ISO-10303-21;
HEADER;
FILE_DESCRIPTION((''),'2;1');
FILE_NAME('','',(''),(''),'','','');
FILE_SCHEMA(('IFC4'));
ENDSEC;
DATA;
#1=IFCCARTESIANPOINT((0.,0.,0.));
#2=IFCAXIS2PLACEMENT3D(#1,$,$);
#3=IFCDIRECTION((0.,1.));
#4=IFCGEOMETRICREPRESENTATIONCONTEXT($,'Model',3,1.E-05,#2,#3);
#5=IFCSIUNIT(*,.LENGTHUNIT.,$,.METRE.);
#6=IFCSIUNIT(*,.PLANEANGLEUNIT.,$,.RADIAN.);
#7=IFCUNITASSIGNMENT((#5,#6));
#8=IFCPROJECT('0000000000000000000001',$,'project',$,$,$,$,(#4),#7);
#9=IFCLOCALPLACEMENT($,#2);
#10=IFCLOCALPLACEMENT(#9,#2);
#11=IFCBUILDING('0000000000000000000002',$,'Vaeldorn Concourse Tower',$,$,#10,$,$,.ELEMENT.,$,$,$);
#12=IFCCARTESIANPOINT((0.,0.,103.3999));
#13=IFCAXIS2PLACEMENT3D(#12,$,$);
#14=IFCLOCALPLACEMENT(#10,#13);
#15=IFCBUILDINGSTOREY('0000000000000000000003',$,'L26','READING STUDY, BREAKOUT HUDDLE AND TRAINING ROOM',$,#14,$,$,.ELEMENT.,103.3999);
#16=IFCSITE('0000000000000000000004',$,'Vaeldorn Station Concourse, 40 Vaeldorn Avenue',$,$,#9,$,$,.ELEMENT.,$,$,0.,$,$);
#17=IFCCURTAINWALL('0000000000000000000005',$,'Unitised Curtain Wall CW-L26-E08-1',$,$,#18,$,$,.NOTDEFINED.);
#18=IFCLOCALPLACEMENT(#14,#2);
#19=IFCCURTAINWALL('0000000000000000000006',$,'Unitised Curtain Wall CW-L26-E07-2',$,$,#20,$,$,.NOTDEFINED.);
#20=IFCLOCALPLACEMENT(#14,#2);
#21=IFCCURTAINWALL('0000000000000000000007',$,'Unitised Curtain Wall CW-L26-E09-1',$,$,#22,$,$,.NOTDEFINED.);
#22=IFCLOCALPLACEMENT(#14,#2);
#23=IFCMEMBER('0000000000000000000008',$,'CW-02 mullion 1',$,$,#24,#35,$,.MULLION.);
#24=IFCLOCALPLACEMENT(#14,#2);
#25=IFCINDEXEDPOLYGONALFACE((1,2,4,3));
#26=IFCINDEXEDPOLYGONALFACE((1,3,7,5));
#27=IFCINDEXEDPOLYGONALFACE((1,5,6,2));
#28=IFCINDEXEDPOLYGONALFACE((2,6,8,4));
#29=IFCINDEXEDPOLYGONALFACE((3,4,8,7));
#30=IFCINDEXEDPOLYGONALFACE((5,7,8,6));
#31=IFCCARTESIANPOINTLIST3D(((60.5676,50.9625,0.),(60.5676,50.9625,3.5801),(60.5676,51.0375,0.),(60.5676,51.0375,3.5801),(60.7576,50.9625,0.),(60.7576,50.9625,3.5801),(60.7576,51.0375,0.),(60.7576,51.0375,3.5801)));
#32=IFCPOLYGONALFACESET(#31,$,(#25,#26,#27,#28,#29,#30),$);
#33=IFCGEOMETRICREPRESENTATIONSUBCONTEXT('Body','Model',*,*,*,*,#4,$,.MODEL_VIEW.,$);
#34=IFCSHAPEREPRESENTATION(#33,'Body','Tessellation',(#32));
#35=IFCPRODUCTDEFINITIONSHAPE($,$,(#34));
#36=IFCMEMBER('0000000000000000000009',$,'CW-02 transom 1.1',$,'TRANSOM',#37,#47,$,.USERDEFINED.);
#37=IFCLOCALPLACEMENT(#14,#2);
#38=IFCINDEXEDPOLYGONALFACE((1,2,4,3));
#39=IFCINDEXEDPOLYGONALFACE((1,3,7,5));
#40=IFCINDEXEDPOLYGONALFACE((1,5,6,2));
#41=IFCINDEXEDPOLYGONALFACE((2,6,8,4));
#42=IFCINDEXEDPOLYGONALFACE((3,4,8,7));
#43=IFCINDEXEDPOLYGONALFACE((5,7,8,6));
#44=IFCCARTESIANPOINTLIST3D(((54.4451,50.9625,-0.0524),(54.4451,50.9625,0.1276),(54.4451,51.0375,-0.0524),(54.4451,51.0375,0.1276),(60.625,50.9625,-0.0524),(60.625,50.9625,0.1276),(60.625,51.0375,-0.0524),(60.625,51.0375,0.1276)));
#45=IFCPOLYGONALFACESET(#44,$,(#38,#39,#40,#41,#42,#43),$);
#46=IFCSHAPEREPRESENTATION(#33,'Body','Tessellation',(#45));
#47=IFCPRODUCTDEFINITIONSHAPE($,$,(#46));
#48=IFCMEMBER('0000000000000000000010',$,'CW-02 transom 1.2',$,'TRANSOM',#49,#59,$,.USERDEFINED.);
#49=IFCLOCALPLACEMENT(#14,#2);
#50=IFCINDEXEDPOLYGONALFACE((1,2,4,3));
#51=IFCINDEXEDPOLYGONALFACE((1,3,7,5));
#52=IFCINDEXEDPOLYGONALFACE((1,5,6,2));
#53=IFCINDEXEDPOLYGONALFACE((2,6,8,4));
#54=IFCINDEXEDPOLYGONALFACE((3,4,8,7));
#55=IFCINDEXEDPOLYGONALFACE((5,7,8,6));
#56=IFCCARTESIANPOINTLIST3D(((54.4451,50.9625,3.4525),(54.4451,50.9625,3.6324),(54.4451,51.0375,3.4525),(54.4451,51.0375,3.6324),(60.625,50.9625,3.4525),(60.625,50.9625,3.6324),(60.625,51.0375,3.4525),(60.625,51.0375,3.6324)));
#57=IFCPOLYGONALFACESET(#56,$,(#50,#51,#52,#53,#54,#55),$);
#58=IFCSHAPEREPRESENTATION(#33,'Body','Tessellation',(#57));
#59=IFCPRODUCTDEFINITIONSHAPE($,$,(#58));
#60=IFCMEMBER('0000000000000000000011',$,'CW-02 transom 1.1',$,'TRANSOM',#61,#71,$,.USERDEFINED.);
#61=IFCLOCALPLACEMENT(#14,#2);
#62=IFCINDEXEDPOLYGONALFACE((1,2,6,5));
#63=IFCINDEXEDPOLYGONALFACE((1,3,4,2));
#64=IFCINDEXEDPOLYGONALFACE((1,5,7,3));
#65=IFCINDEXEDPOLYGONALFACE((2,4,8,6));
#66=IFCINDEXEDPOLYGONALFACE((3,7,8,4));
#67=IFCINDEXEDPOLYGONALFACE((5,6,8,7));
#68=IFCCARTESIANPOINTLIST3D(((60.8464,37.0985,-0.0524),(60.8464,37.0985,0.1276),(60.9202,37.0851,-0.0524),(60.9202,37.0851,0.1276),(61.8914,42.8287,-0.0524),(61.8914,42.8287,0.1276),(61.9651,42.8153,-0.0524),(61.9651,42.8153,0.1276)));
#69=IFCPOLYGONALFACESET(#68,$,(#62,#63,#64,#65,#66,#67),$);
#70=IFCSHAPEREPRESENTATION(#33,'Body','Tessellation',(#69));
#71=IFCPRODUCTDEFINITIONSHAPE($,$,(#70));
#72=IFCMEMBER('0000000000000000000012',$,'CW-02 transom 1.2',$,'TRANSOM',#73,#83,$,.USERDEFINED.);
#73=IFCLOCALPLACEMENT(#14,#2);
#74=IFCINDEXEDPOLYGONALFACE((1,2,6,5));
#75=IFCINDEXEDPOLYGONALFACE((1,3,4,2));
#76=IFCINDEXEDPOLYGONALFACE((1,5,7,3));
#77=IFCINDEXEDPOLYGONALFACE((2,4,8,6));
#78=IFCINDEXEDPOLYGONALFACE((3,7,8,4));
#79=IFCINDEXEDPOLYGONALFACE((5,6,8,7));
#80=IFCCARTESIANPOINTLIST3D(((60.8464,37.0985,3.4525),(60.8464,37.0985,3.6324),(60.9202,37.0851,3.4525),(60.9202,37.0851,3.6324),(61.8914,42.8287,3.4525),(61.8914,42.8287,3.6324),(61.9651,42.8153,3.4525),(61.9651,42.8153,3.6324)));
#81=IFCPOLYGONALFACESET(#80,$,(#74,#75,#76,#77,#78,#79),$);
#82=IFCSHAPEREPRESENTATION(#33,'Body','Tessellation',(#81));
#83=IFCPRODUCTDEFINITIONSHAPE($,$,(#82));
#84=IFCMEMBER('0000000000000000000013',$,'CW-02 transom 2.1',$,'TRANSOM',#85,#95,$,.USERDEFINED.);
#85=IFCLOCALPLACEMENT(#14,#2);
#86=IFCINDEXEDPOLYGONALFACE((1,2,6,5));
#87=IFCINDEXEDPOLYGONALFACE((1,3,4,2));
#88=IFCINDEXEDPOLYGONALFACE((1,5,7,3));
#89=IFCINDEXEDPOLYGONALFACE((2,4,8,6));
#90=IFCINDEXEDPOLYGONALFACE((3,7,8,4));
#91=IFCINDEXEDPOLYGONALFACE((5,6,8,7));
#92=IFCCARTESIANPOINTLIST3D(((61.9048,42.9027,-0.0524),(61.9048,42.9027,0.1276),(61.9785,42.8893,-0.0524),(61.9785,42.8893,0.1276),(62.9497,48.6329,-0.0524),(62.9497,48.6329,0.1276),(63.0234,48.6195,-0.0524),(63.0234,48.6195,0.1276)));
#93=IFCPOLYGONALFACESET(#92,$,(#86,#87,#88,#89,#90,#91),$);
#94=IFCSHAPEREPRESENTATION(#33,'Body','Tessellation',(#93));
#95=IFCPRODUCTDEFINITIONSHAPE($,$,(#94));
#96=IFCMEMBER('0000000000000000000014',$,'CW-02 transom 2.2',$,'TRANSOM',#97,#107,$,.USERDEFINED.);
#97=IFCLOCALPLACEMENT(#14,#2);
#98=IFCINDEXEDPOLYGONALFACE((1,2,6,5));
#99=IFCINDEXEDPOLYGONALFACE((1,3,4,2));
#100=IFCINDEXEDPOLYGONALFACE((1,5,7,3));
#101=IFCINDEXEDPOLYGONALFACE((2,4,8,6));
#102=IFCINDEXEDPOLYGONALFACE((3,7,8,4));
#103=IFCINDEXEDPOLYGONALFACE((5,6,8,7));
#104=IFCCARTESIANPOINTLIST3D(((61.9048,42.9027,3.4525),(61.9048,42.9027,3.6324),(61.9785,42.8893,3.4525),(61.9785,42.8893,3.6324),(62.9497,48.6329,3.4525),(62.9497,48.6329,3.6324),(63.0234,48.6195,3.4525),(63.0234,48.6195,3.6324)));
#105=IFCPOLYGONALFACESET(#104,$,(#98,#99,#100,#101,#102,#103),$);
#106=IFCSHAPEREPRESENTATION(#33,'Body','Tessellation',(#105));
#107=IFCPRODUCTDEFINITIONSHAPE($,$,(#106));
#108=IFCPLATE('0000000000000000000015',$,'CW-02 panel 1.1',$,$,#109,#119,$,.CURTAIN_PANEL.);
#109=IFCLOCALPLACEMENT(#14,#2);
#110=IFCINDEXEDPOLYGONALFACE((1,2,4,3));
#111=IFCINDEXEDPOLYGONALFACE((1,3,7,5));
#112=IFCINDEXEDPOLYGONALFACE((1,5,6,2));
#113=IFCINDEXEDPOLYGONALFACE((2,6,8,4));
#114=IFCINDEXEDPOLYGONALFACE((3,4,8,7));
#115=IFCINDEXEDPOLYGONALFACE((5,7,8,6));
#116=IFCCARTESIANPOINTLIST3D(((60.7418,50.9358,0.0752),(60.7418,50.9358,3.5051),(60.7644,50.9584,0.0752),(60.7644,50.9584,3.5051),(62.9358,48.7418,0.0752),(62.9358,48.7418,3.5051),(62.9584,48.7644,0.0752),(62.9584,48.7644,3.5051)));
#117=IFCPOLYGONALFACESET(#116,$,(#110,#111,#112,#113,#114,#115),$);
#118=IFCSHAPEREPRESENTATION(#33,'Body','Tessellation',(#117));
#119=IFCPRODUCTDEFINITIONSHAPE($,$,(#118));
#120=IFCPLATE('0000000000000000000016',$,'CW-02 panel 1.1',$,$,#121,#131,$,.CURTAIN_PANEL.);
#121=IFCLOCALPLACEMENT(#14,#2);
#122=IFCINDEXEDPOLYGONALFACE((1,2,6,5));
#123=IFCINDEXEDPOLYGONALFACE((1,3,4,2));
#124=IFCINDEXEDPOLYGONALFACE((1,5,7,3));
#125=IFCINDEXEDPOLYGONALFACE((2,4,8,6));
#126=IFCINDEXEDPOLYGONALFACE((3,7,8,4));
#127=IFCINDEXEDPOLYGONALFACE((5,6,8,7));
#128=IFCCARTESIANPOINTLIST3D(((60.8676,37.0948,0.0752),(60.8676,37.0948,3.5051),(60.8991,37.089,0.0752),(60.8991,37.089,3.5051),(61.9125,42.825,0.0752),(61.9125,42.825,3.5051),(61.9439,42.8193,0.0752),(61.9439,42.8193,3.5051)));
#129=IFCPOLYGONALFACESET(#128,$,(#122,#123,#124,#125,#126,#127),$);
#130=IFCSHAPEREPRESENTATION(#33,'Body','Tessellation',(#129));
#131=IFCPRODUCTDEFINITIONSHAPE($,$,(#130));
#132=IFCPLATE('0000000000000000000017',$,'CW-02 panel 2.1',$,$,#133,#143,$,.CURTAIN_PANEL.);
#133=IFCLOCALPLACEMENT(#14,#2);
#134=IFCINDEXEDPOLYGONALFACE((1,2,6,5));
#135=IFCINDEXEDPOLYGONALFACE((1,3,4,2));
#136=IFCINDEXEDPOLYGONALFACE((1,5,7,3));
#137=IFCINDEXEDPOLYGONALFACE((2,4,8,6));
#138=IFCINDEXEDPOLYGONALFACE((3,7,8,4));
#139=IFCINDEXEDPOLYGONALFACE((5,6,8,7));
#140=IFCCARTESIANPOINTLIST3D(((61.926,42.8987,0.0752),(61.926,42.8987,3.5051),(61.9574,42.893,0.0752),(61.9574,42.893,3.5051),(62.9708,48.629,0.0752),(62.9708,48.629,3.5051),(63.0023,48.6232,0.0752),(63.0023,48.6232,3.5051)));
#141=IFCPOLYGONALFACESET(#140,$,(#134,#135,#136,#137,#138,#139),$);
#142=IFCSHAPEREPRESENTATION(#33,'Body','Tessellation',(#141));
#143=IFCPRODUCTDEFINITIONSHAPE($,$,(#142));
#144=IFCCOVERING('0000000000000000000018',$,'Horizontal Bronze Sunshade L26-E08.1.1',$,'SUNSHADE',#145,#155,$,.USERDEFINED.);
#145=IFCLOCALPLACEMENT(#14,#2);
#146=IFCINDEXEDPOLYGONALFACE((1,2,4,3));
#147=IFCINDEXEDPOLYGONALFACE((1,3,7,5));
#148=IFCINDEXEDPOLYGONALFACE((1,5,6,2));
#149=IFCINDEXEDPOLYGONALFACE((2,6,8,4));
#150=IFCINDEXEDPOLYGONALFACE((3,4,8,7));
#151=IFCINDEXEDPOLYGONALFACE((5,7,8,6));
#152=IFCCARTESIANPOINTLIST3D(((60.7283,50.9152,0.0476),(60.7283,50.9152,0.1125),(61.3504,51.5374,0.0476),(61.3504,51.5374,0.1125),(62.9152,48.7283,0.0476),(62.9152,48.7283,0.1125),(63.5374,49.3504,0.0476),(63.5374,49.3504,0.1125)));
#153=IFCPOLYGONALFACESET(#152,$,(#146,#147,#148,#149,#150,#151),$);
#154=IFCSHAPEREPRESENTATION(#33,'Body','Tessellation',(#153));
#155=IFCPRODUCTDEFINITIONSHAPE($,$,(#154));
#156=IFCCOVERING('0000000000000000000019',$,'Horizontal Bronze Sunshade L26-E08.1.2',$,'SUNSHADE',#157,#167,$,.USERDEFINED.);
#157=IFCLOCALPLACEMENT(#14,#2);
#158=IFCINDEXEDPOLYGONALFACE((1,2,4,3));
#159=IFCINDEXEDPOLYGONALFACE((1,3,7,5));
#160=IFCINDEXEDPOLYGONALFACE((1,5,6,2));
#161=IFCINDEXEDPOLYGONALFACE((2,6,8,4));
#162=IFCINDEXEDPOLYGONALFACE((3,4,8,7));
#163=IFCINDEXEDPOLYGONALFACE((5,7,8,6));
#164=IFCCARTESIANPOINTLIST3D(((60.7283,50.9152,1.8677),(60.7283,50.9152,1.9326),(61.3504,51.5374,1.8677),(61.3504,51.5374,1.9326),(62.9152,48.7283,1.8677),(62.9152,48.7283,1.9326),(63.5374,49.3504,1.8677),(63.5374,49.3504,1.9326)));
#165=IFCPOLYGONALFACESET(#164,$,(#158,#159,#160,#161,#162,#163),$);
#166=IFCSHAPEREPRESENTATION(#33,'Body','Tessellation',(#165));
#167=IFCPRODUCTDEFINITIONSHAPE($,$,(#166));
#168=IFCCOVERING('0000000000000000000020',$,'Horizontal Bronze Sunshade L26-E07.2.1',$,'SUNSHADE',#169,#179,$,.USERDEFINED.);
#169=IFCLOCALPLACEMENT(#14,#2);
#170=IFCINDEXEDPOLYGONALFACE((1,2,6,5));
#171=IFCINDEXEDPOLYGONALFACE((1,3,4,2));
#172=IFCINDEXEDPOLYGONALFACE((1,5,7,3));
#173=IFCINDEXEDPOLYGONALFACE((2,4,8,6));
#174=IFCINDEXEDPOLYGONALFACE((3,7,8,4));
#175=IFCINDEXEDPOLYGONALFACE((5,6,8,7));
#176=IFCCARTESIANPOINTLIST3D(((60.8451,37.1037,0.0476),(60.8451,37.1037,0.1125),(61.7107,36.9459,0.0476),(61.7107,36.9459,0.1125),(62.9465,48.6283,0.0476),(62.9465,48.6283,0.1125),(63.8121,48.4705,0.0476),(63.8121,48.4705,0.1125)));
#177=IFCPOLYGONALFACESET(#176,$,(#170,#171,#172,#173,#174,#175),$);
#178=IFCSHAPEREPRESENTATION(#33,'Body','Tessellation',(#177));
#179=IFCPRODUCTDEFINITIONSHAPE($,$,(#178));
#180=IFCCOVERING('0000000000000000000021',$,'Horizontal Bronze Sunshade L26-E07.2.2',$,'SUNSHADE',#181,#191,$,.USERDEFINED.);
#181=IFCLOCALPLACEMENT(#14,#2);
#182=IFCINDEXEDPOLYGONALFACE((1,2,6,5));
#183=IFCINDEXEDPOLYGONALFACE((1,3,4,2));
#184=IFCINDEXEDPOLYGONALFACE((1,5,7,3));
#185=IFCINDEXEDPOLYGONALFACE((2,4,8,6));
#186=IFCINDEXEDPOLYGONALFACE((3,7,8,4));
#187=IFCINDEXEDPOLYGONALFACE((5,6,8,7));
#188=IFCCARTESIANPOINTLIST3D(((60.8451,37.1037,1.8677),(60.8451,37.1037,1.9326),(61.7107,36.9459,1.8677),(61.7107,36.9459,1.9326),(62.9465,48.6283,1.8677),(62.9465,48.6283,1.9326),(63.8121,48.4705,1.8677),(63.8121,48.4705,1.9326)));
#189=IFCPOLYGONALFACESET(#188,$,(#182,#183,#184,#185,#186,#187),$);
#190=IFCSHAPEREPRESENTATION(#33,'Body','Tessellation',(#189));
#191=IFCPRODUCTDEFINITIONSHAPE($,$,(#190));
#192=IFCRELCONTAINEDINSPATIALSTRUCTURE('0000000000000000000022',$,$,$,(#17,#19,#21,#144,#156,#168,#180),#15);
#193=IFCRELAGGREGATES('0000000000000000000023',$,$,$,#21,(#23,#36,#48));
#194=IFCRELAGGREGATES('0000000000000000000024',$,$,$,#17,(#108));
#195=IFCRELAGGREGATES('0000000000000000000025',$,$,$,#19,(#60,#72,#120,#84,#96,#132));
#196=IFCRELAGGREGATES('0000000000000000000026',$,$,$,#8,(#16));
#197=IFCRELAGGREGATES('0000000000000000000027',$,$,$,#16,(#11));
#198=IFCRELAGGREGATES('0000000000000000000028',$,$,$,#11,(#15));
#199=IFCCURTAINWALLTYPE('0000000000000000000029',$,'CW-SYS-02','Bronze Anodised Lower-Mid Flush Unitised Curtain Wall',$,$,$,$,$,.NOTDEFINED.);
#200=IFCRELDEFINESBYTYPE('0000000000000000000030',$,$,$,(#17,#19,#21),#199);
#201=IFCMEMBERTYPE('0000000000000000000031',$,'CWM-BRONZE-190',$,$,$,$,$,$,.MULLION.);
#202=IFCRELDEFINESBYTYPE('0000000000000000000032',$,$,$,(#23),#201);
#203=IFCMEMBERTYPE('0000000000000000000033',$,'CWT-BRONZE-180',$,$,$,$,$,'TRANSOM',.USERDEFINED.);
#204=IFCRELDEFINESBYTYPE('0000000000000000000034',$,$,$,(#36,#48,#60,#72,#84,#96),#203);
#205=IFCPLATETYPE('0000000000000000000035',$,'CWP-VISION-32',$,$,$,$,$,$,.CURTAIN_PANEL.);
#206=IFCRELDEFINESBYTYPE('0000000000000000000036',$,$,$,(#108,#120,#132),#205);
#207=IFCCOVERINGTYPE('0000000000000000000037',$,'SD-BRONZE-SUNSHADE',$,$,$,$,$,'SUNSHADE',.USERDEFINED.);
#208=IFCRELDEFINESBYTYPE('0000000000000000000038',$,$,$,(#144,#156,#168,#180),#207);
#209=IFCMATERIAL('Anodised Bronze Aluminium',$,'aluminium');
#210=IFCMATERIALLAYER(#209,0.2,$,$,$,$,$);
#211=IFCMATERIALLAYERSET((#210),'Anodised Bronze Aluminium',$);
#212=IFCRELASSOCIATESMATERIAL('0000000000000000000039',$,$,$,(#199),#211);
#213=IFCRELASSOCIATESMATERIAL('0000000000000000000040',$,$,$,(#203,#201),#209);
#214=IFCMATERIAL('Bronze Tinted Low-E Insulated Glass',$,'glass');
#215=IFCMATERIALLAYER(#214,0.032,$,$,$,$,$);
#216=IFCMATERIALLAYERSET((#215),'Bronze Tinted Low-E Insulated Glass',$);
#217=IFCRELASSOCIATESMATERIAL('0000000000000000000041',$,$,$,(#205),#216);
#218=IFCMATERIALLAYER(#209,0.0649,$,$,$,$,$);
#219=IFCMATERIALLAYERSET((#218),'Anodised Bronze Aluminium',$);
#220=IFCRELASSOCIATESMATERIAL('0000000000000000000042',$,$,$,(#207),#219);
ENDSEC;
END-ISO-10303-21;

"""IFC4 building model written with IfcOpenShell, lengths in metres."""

from ifc_helpers import new_model, si_unit, direction, frame, origin, origin_2d, place, context, subcontext, project, spatial, rectangle, extrude, source, transform, mapped, material, layer, layer_set, material_profile, profile_set, type_object, element, aggregate, save


model = new_model("IFC4")

# Units and contexts
model_context = context("Model", 3, precision=1e-05, world=origin(), true_north=direction((0.0, 1.0)))
body_context = subcontext(model_context, "Body", "Model", "MODEL_VIEW")
ifc_project = project(units=[si_unit("LENGTHUNIT", "METRE"), si_unit("PLANEANGLEUNIT", "RADIAN")], contexts=[model_context])

# Site, building, storey
site_placement = place(None, origin())
site = spatial("IfcSite", under=ifc_project, at=site_placement, Name="Vaeldorn Station Concourse, 40 Vaeldorn Avenue", CompositionType="ELEMENT", RefElevation=0.0)
building_placement = place(site_placement, origin())
building = spatial("IfcBuilding", under=site, at=building_placement, Name="Vaeldorn Concourse Tower", CompositionType="ELEMENT")
storey_placement = place(building_placement, frame((0.0, 0.0, 103.3999)))
storey = spatial("IfcBuildingStorey", under=building, at=storey_placement, Name="L26", Description="READING STUDY, BREAKOUT HUDDLE AND TRAINING ROOM", CompositionType="ELEMENT", Elevation=103.3999)

# Curtain walls
ifc_material_1 = material(Name="Anodised Bronze Aluminium", Category="aluminium")
ifc_layer_1 = layer(ifc_material_1, 0.2)
ifc_layer_set_1 = layer_set([ifc_layer_1], Name="Anodised Bronze Aluminium")
curtain_wall_type = type_object("IfcCurtainWallType", Name="CW-SYS-02", Description="Bronze Anodised Lower-Mid Flush Unitised Curtain Wall", PredefinedType="NOTDEFINED", material=ifc_layer_set_1)
curtain_wall_1_placement = place(storey_placement, origin())
curtain_wall_1 = element("IfcCurtainWall", 1, at=curtain_wall_1_placement, inside=storey, type_object=curtain_wall_type, Name="Unitised Curtain Wall CW-L26-E08-1", PredefinedType="NOTDEFINED")
ifc_material_profile_1 = material_profile(ifc_material_1, rectangle(XDim=0.075, YDim=0.1799, at=origin_2d()), Name="CWT 75x180")
ifc_profile_set_1 = profile_set([ifc_material_profile_1], Name="Anodised Bronze Aluminium")
member_type_1 = type_object("IfcMemberType", Name="CWT-BRONZE-180", ElementType="TRANSOM", PredefinedType="USERDEFINED", material=ifc_profile_set_1)
curtain_wall_2_placement = place(storey_placement, origin())
curtain_wall_2 = element("IfcCurtainWall", 2, at=curtain_wall_2_placement, inside=storey, type_object=curtain_wall_type, Name="Unitised Curtain Wall CW-L26-E07-2", PredefinedType="NOTDEFINED")
ifc_material_profile_2 = material_profile(ifc_material_1, rectangle(XDim=0.075, YDim=0.1899, at=origin_2d()), Name="CWM 75x190")
ifc_profile_set_2 = profile_set([ifc_material_profile_2], Name="Anodised Bronze Aluminium")
member_type_2 = type_object("IfcMemberType", Name="CWM-BRONZE-190", PredefinedType="MULLION", material=ifc_profile_set_2)
shared_shape_1 = source(origin(), body_context, "Body", "SweptSolid", [
    extrude(rectangle(XDim=0.075, YDim=0.1899, at=origin_2d()), origin(), (0.0, 0.0, 1.0), 3.5801),
])

# Curtain wall, members
curtain_wall_3_placement = place(storey_placement, origin())
curtain_wall_3 = element("IfcCurtainWall", 3, at=curtain_wall_3_placement, inside=storey, type_object=curtain_wall_type, Name="Unitised Curtain Wall CW-L26-E09-1", PredefinedType="NOTDEFINED")
member_1_placement = place(storey_placement, frame((60.6626, 51.0, 0.0), z_axis=(0.0, 0.0, 1.0), x_axis=(0.0, -1.0, 0.0)))
member_1 = element("IfcMember", 4, at=member_1_placement, type_object=member_type_2, Name="CW-02 mullion 1", PredefinedType="MULLION", context=body_context, shape_type="MappedRepresentation", body=[
    mapped(shared_shape_1, transform((0.0, 0.0, 0.0), scale=1.0)),
])
shared_shape_2 = source(origin(), body_context, "Body", "SweptSolid", [
    extrude(rectangle(XDim=0.075, YDim=0.1799, at=origin_2d()), origin(), (0.0, 0.0, 1.0), 6.1799),
])
member_2_placement = place(storey_placement, frame((60.625, 51.0, 0.0376), z_axis=(-1.0, 0.0, 0.0), x_axis=(0.0, -1.0, 0.0)))
member_2 = element("IfcMember", 5, at=member_2_placement, type_object=member_type_1, Name="CW-02 transom 1.1", ObjectType="TRANSOM", PredefinedType="USERDEFINED", context=body_context, shape_type="MappedRepresentation", body=[
    mapped(shared_shape_2, transform((0.0, 0.0, 0.0), scale=1.0)),
])
member_3_placement = place(storey_placement, frame((60.625, 51.0, 3.5425), z_axis=(-1.0, 0.0, 0.0), x_axis=(0.0, -1.0, 0.0)))
member_3 = element("IfcMember", 6, at=member_3_placement, type_object=member_type_1, Name="CW-02 transom 1.2", ObjectType="TRANSOM", PredefinedType="USERDEFINED", context=body_context, shape_type="MappedRepresentation", body=[
    mapped(shared_shape_2, transform((0.0, 0.0, 0.0), scale=1.0)),
])
aggregate(curtain_wall_3, [member_1, member_2, member_3])

# Members
shared_shape_3 = source(origin(), body_context, "Body", "SweptSolid", [
    extrude(rectangle(XDim=0.075, YDim=0.1799, at=origin_2d()), origin(), (0.0, 0.0, 1.0), 5.8247),
])
member_4_placement = place(storey_placement, frame((60.8833, 37.0918, 0.0376), z_axis=(0.179394, 0.983777, 0.0), x_axis=(-0.983777, 0.179394, 0.0)))
member_4 = element("IfcMember", 7, at=member_4_placement, type_object=member_type_1, Name="CW-02 transom 1.1", ObjectType="TRANSOM", PredefinedType="USERDEFINED", context=body_context, shape_type="MappedRepresentation", body=[
    mapped(shared_shape_3, transform((0.0, 0.0, 0.0), scale=1.0)),
])
member_5_placement = place(storey_placement, frame((60.8833, 37.0918, 3.5425), z_axis=(0.179394, 0.983777, 0.0), x_axis=(-0.983777, 0.179394, 0.0)))
member_5 = element("IfcMember", 8, at=member_5_placement, type_object=member_type_1, Name="CW-02 transom 1.2", ObjectType="TRANSOM", PredefinedType="USERDEFINED", context=body_context, shape_type="MappedRepresentation", body=[
    mapped(shared_shape_3, transform((0.0, 0.0, 0.0), scale=1.0)),
])
member_6_placement = place(storey_placement, frame((61.9417, 42.896, 0.0376), z_axis=(0.179394, 0.983777, 0.0), x_axis=(-0.983777, 0.179394, 0.0)))
member_6 = element("IfcMember", 9, at=member_6_placement, type_object=member_type_1, Name="CW-02 transom 2.1", ObjectType="TRANSOM", PredefinedType="USERDEFINED", context=body_context, shape_type="MappedRepresentation", body=[
    mapped(shared_shape_3, transform((0.0, 0.0, 0.0), scale=1.0)),
])
member_7_placement = place(storey_placement, frame((61.9417, 42.896, 3.5425), z_axis=(0.179394, 0.983777, 0.0), x_axis=(-0.983777, 0.179394, 0.0)))
member_7 = element("IfcMember", 10, at=member_7_placement, type_object=member_type_1, Name="CW-02 transom 2.2", ObjectType="TRANSOM", PredefinedType="USERDEFINED", context=body_context, shape_type="MappedRepresentation", body=[
    mapped(shared_shape_3, transform((0.0, 0.0, 0.0), scale=1.0)),
])

# Plates
ifc_material_2 = material(Name="Bronze Tinted Low-E Insulated Glass", Category="glass")
ifc_layer_2 = layer(ifc_material_2, 0.032)
ifc_layer_set_2 = layer_set([ifc_layer_2], Name="Bronze Tinted Low-E Insulated Glass")
plate_type = type_object("IfcPlateType", Name="CWP-VISION-32", PredefinedType="CURTAIN_PANEL", material=ifc_layer_set_2)
shared_shape_4 = source(origin(), body_context, "Body", "SweptSolid", [
    extrude(rectangle(XDim=3.1028, YDim=0.032, at=origin_2d()), origin(), (0.0, 0.0, 1.0), 3.4299),
])
plate_1_placement = place(storey_placement, frame((61.8501, 49.8501, 0.0752), z_axis=(0.0, 0.0, 1.0), x_axis=(-0.707107, 0.707107, 0.0)))
plate_1 = element("IfcPlate", 11, at=plate_1_placement, type_object=plate_type, Name="CW-02 panel 1.1", PredefinedType="CURTAIN_PANEL", context=body_context, shape_type="MappedRepresentation", body=[
    mapped(shared_shape_4, transform((0.0, 0.0, 0.0), scale=1.0)),
])
aggregate(curtain_wall_1, [plate_1])
shared_shape_5 = source(origin(), body_context, "Body", "SweptSolid", [
    extrude(rectangle(XDim=5.8247, YDim=0.032, at=origin_2d()), origin(), (0.0, 0.0, 1.0), 3.4299),
])
plate_2_placement = place(storey_placement, frame((61.4058, 39.957, 0.0752), z_axis=(0.0, 0.0, 1.0), x_axis=(0.179383, 0.983779, 0.0)))
plate_2 = element("IfcPlate", 12, at=plate_2_placement, type_object=plate_type, Name="CW-02 panel 1.1", PredefinedType="CURTAIN_PANEL", context=body_context, shape_type="MappedRepresentation", body=[
    mapped(shared_shape_5, transform((0.0, 0.0, 0.0), scale=1.0)),
])
plate_3_placement = place(storey_placement, frame((62.4641, 45.761, 0.0752), z_axis=(0.0, 0.0, 1.0), x_axis=(0.179383, 0.983779, 0.0)))
plate_3 = element("IfcPlate", 13, at=plate_3_placement, type_object=plate_type, Name="CW-02 panel 2.1", PredefinedType="CURTAIN_PANEL", context=body_context, shape_type="MappedRepresentation", body=[
    mapped(shared_shape_5, transform((0.0, 0.0, 0.0), scale=1.0)),
])
aggregate(curtain_wall_2, [member_4, member_5, plate_2, member_6, member_7, plate_3])

# Coverings
ifc_layer_3 = layer(ifc_material_1, 0.0649)
ifc_layer_set_3 = layer_set([ifc_layer_3], Name="Anodised Bronze Aluminium")
covering_type = type_object("IfcCoveringType", Name="SD-BRONZE-SUNSHADE", ElementType="SUNSHADE", PredefinedType="USERDEFINED", material=ifc_layer_set_3)
shared_shape_6 = source(origin(), body_context, "Body", "SweptSolid", [
    extrude(rectangle(XDim=3.0928, YDim=0.8799, at=origin_2d()), origin(), (0.0, 0.0, 1.0), 0.0649),
])
for number, where, z_axis, x_axis, name in (
    (14, (62.1328, 50.1328, 0.0476), (0.0, 0.0, 1.0), (-0.707107, 0.707107, 0.0), "Horizontal Bronze Sunshade L26-E08.1.1"),
    (15, (62.1328, 50.1328, 1.8677), (0.0, 0.0, 1.0), (-0.707107, 0.707107, 0.0), "Horizontal Bronze Sunshade L26-E08.1.2"),
):
    element("IfcCovering", number, at=place(storey_placement, frame(where, z_axis=z_axis, x_axis=x_axis)), inside=storey, type_object=covering_type, Name=name, ObjectType="SUNSHADE", PredefinedType="USERDEFINED", context=body_context, shape_type="MappedRepresentation", body=[
        mapped(shared_shape_6, transform((0.0, 0.0, 0.0), scale=1.0)),
    ])
shared_shape_7 = source(origin(), body_context, "Body", "SweptSolid", [
    extrude(rectangle(XDim=11.7146, YDim=0.8799, at=origin_2d()), origin(), (0.0, 0.0, 1.0), 0.0649),
])
for number, where, z_axis, x_axis, name in (
    (16, (62.3286, 42.7871, 0.0476), (0.0, 0.0, 1.0), (0.179386, 0.983779, 0.0), "Horizontal Bronze Sunshade L26-E07.2.1"),
    (17, (62.3286, 42.7871, 1.8677), (0.0, 0.0, 1.0), (0.179386, 0.983779, 0.0), "Horizontal Bronze Sunshade L26-E07.2.2"),
):
    element("IfcCovering", number, at=place(storey_placement, frame(where, z_axis=z_axis, x_axis=x_axis)), inside=storey, type_object=covering_type, Name=name, ObjectType="SUNSHADE", PredefinedType="USERDEFINED", context=body_context, shape_type="MappedRepresentation", body=[
        mapped(shared_shape_7, transform((0.0, 0.0, 0.0), scale=1.0)),
    ])

save(model, "model.ifc")
